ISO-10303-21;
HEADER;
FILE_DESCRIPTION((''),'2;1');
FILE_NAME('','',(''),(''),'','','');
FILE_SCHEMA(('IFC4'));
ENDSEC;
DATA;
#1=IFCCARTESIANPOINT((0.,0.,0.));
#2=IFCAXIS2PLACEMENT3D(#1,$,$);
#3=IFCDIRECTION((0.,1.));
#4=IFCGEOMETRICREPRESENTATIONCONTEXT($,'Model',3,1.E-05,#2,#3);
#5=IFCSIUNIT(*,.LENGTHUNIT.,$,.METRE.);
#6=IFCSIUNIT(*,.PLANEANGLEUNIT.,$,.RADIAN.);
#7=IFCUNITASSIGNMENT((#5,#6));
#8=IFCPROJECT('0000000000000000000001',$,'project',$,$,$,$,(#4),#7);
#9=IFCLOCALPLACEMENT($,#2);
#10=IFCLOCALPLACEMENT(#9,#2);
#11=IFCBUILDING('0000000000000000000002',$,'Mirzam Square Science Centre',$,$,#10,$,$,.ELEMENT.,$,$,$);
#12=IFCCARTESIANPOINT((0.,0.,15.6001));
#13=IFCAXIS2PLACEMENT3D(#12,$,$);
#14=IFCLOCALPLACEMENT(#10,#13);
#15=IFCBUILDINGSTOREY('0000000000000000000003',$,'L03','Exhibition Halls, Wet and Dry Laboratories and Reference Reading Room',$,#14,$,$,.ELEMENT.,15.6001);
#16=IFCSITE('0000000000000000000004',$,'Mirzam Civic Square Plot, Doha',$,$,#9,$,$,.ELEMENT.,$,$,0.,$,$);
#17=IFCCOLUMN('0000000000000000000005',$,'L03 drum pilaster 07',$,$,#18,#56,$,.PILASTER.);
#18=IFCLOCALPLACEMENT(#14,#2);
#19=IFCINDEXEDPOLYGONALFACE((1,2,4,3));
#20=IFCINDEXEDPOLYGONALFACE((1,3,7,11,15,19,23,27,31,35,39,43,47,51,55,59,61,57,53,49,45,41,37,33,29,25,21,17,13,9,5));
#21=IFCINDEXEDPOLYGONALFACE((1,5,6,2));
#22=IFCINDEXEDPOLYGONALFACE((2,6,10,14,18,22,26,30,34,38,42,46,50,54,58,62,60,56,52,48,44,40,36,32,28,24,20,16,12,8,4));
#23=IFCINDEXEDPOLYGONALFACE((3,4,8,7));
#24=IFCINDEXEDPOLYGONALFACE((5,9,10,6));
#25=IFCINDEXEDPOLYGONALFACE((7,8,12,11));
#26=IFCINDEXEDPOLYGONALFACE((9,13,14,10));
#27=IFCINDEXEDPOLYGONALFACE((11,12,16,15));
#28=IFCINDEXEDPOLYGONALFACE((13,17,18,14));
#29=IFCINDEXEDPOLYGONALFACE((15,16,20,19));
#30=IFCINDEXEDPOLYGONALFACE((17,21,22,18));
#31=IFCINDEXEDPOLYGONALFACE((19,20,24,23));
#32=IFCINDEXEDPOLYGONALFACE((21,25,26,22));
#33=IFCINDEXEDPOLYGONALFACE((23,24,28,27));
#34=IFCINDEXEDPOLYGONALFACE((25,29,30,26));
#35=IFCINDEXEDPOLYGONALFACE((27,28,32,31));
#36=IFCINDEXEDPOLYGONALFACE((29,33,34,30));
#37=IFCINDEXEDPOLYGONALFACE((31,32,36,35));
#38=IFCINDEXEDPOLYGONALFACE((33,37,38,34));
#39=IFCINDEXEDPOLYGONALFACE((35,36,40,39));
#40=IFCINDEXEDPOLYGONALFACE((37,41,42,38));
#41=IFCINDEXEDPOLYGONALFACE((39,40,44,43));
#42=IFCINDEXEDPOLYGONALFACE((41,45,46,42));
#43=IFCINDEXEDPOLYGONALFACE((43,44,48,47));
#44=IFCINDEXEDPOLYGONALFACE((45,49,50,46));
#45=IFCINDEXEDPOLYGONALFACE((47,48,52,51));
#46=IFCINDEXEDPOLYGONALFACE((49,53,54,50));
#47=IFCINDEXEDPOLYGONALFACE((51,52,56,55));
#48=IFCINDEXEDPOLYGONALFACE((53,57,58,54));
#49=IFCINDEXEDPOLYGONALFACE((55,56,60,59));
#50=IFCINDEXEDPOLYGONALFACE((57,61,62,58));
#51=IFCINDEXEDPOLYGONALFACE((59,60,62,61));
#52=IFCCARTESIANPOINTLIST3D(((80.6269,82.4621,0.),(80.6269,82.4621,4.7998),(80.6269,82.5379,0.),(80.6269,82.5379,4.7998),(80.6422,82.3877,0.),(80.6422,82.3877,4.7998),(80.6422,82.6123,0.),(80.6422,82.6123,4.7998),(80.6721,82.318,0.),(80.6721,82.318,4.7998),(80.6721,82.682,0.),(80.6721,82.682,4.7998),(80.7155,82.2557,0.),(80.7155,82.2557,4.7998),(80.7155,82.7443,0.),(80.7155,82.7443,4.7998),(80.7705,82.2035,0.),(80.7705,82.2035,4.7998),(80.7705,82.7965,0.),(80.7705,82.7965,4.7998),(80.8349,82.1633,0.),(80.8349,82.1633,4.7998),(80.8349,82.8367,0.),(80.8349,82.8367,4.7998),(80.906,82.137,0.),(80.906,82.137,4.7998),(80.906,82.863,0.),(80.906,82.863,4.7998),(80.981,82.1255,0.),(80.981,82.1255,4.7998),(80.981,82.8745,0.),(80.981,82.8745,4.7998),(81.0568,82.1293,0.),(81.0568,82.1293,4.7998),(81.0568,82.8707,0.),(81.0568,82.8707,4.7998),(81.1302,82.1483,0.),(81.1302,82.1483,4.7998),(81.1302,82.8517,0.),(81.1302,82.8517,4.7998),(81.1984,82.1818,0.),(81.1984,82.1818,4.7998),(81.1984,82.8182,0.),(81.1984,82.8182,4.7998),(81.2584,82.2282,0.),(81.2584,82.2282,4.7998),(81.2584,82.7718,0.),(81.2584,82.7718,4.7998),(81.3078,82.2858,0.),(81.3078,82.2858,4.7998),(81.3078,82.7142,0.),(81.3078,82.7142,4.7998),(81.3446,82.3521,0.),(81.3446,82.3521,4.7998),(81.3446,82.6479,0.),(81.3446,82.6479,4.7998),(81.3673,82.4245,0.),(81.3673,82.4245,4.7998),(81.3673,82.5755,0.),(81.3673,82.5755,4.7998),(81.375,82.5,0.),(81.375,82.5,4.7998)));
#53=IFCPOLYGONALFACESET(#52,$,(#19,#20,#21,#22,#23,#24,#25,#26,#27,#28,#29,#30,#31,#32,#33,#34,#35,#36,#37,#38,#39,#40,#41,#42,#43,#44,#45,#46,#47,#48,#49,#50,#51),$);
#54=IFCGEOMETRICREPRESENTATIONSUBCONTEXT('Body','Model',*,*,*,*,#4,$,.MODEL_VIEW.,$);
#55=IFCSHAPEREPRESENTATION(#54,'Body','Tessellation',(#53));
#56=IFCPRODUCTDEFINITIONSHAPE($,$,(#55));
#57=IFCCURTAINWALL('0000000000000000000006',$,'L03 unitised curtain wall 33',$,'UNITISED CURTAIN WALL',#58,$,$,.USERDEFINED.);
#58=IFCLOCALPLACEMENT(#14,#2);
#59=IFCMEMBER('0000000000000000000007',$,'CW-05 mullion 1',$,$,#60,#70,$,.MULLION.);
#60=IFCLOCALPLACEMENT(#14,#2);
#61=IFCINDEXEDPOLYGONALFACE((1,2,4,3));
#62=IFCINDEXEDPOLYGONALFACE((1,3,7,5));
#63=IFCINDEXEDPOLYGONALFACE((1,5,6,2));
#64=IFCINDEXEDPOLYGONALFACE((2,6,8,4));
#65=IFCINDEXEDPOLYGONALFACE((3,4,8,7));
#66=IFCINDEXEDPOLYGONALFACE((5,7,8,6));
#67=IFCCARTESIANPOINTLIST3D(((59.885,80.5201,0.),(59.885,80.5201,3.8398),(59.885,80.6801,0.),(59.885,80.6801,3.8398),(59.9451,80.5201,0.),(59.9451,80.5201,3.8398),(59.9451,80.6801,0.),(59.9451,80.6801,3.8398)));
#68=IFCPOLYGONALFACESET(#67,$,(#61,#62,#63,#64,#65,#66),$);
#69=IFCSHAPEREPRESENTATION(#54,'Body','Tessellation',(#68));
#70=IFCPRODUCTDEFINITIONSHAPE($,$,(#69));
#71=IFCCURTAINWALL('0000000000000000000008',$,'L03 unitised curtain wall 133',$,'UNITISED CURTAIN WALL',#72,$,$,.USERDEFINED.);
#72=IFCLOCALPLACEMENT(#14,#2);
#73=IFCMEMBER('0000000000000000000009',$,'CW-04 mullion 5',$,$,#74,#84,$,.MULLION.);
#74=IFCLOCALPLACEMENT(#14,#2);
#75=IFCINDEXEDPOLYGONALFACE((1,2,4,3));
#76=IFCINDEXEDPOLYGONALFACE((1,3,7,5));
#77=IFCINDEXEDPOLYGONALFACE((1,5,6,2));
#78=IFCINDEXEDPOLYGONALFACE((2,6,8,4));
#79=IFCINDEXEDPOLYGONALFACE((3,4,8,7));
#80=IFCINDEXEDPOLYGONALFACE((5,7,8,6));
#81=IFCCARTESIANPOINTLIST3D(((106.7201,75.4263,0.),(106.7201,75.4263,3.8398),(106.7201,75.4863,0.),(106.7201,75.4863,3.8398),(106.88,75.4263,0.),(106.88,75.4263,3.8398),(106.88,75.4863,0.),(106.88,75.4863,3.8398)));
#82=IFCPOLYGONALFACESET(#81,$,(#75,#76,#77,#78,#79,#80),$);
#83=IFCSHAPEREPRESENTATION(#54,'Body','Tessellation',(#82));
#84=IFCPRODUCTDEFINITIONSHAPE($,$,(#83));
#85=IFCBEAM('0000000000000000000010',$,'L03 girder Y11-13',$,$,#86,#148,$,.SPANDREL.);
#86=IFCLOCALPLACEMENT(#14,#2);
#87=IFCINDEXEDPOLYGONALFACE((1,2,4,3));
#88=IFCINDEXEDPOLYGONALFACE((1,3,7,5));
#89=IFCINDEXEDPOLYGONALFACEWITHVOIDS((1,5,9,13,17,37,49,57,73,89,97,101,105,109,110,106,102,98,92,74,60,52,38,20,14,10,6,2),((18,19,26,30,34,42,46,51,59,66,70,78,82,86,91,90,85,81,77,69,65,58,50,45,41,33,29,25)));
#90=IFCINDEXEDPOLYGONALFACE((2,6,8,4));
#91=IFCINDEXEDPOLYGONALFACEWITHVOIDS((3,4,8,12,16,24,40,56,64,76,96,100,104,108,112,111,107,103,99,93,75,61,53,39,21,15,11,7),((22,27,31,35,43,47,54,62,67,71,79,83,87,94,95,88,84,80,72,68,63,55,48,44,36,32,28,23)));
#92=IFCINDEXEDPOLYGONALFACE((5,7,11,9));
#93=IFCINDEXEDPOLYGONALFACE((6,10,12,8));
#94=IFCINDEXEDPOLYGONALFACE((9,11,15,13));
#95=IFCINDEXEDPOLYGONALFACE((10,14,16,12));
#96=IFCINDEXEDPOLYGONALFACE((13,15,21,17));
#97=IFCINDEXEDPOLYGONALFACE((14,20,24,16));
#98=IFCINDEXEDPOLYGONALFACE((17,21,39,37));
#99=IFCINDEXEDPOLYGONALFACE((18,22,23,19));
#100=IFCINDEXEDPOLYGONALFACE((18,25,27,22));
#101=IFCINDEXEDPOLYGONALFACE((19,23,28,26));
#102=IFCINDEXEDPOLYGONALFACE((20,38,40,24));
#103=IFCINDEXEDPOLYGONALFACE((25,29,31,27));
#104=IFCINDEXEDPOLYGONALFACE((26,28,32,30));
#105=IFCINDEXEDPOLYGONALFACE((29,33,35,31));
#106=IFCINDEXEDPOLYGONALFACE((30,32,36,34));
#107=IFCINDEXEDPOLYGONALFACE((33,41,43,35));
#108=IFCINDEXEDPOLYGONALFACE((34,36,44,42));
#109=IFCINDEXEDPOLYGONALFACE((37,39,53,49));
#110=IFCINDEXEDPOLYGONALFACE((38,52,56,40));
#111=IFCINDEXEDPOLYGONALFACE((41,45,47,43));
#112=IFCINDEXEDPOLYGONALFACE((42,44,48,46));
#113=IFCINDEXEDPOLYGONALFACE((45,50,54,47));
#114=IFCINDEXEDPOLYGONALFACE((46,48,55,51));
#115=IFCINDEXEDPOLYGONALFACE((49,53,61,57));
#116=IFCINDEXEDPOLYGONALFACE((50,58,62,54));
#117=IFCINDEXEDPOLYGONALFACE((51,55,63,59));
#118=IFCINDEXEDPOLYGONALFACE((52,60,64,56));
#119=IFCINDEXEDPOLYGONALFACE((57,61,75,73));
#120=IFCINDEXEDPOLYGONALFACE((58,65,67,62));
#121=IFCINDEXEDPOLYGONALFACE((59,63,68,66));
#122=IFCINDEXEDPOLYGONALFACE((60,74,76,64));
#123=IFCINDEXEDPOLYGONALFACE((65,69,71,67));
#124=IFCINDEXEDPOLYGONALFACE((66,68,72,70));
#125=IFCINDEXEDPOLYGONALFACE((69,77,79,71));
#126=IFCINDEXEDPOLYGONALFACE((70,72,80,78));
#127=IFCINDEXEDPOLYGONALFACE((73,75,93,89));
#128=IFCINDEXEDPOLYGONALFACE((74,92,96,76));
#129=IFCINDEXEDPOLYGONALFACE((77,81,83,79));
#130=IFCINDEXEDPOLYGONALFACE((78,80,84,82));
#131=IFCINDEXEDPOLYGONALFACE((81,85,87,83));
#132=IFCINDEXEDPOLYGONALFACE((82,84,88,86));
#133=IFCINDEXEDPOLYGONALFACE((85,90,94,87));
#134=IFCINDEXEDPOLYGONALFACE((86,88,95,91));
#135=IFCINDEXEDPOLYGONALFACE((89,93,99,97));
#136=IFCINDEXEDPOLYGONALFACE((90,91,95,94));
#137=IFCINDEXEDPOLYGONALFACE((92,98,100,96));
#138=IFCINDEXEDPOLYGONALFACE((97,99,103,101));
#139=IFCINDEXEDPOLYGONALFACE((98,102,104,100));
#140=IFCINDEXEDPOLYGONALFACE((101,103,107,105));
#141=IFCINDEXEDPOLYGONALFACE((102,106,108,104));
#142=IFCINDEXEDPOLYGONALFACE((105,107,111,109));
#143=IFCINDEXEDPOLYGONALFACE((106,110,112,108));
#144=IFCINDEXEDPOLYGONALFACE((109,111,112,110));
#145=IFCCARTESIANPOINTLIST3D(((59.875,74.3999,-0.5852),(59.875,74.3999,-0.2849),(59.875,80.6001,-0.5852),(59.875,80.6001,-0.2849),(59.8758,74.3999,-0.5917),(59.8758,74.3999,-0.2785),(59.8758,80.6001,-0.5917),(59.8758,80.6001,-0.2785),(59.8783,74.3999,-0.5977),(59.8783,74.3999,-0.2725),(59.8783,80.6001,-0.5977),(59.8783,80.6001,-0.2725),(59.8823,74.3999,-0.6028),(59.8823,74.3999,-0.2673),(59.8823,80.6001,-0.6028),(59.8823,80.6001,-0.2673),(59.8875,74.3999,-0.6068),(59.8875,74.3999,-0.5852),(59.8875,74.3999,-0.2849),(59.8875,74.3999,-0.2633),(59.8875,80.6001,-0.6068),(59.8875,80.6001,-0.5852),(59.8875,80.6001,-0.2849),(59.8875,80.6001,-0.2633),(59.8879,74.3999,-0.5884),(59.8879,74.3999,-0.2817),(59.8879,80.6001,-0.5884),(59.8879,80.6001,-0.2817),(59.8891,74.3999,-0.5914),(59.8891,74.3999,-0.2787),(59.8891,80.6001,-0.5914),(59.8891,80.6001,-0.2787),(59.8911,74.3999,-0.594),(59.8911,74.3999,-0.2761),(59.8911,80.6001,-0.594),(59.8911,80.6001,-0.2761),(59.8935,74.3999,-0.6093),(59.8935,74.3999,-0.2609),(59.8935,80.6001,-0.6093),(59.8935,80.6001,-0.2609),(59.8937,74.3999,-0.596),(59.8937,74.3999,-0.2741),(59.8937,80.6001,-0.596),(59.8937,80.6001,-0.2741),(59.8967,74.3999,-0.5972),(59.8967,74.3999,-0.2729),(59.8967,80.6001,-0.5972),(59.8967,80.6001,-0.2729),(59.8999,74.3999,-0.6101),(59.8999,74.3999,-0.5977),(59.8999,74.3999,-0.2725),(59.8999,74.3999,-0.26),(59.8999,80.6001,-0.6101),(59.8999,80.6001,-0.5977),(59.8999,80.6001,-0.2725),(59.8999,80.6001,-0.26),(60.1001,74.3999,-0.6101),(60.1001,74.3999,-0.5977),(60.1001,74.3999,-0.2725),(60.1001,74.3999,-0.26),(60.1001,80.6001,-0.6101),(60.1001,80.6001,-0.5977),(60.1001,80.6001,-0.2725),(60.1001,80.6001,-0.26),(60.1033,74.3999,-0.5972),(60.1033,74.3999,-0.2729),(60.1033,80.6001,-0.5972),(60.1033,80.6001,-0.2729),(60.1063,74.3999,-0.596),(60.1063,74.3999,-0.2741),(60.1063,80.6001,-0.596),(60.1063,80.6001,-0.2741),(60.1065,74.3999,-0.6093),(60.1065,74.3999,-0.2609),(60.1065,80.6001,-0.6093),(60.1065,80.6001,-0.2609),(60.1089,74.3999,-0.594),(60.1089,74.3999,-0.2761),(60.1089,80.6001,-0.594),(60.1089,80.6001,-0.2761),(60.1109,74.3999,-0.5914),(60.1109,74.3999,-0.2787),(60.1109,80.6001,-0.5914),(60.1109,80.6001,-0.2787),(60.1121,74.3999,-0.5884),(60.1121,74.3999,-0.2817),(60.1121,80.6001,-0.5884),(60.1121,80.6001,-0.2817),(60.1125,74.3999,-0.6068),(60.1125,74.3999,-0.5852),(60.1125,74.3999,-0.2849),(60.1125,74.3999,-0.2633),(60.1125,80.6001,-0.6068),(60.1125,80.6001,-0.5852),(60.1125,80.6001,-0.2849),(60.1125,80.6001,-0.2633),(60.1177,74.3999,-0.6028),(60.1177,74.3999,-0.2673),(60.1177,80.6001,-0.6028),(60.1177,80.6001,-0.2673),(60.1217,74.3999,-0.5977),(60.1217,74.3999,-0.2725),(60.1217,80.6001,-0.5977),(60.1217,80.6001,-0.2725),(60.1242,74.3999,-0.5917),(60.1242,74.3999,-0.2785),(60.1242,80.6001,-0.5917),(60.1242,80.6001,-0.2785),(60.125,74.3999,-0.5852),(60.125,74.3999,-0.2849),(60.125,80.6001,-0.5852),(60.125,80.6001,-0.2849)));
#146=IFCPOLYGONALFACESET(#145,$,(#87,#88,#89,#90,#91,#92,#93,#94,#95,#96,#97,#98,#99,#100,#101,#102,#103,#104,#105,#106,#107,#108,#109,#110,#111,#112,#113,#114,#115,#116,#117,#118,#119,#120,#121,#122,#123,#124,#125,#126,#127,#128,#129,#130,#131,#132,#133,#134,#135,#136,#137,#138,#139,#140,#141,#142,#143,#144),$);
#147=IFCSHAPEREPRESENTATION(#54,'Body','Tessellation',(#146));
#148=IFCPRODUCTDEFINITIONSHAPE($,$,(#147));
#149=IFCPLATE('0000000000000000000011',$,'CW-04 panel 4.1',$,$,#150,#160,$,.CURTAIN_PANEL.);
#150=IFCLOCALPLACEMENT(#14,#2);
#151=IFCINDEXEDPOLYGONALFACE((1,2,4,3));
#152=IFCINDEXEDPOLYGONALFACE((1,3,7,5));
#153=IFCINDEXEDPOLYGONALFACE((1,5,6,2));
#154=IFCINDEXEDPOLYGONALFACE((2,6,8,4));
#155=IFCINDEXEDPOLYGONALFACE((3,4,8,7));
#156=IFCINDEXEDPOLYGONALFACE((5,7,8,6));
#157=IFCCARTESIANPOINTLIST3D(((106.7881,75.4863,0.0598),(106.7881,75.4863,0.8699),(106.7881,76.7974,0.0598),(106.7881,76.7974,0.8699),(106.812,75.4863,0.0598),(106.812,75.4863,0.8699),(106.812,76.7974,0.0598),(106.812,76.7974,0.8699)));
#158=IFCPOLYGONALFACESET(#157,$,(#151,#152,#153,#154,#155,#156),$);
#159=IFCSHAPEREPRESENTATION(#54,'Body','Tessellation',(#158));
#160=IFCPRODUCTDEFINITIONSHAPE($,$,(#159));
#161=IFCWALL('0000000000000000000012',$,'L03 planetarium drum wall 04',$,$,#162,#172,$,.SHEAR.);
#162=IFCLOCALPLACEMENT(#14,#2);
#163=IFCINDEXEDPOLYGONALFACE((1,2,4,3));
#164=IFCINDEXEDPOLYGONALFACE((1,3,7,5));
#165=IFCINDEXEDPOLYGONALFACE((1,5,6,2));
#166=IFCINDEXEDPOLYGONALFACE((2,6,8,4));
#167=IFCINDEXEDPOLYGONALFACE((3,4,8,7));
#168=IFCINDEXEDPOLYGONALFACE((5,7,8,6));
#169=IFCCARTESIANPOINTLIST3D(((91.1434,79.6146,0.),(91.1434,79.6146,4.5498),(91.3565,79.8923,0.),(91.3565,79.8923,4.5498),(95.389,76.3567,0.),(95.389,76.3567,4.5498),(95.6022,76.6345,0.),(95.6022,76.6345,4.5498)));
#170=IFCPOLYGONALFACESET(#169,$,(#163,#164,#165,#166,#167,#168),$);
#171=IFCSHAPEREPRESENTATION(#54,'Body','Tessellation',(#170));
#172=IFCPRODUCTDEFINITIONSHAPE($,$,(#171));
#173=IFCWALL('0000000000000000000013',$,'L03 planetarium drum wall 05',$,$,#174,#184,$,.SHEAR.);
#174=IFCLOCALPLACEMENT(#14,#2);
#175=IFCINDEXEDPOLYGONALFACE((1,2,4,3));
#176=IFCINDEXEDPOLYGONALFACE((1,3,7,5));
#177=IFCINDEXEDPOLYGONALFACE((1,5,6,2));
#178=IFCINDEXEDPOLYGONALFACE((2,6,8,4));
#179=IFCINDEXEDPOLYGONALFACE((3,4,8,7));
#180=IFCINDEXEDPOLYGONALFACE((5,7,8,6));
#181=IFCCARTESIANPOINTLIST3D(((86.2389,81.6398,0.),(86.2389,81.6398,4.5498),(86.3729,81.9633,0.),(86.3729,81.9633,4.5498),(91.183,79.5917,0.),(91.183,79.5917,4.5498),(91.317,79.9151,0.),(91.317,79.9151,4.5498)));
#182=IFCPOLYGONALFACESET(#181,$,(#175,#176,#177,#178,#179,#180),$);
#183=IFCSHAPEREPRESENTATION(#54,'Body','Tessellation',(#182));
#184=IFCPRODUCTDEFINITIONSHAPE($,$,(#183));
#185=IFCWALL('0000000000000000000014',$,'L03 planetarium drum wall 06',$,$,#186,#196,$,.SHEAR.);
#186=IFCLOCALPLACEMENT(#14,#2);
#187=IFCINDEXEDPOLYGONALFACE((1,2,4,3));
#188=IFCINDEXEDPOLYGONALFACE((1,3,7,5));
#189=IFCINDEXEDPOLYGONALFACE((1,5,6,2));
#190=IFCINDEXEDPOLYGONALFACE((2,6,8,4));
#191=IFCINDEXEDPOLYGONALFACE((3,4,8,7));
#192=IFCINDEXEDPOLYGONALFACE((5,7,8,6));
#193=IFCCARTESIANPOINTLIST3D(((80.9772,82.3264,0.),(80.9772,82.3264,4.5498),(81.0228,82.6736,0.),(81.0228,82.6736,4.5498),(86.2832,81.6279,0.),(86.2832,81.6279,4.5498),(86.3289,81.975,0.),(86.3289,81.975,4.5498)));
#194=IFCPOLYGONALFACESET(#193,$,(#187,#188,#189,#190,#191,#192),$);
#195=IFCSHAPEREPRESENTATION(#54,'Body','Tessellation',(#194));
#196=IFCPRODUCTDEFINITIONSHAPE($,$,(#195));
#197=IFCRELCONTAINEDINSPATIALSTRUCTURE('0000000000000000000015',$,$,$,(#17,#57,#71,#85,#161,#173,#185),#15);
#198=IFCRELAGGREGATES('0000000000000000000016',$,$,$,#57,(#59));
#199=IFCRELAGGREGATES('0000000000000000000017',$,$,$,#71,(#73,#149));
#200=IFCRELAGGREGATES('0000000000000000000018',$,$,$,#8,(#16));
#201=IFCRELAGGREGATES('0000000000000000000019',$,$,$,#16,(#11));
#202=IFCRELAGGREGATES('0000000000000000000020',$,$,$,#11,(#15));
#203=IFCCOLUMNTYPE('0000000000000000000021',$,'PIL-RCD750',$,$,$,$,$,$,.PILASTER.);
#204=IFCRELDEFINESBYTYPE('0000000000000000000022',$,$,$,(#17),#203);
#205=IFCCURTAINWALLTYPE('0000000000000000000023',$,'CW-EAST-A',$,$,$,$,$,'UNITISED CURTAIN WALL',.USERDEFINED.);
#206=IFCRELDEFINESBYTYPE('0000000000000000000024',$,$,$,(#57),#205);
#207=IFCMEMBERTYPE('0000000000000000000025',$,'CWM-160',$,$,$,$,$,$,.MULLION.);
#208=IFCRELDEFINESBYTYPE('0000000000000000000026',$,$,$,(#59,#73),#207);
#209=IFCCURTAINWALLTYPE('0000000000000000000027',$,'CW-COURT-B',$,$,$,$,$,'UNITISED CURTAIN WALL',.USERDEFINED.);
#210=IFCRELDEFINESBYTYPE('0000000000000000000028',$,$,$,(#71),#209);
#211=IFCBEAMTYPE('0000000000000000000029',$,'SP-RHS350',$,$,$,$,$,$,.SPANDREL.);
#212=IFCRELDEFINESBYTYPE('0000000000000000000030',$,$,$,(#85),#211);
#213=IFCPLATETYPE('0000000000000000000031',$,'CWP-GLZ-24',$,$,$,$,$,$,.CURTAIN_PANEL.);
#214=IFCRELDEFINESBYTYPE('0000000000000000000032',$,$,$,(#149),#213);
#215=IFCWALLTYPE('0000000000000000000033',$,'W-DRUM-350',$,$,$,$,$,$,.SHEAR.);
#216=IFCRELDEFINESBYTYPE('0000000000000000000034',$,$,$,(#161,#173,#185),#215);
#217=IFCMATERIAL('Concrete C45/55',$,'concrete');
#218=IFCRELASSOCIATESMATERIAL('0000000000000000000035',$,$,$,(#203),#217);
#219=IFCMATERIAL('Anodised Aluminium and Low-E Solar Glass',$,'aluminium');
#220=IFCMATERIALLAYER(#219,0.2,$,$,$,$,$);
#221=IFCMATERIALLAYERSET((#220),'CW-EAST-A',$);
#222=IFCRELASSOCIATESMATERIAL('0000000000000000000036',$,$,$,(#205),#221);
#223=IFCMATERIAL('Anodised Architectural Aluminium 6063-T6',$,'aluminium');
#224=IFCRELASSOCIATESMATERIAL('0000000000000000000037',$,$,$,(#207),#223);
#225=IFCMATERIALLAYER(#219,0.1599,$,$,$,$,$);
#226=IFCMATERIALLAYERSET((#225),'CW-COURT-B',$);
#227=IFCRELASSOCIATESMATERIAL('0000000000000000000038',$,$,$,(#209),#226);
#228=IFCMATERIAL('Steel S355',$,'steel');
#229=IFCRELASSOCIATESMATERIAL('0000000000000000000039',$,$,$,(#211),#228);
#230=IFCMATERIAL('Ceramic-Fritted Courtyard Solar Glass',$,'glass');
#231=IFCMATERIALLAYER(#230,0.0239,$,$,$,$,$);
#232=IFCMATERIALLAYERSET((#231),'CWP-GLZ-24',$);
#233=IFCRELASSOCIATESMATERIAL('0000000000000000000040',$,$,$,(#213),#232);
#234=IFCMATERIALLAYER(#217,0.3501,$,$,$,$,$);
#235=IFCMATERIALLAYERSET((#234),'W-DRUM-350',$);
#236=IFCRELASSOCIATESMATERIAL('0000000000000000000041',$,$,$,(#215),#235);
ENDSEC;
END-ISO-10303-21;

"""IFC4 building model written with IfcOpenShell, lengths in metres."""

from ifc_helpers import new_model, si_unit, direction, frame, frame_2d, origin, origin_2d, place, context, subcontext, project, spatial, rectangle, hollow_rectangle, circle, extrude, material, layer, layer_set, material_profile, profile_set, type_object, element, aggregate, save


model = new_model("IFC4")

# Units and contexts
model_context = context("Model", 3, precision=1e-05, world=origin(), true_north=direction((0.0, 1.0)))
body_context = subcontext(model_context, "Body", "Model", "MODEL_VIEW")
ifc_project = project(units=[si_unit("LENGTHUNIT", "METRE"), si_unit("PLANEANGLEUNIT", "RADIAN")], contexts=[model_context])

# Site, building, storey
site_placement = place(None, origin())
site = spatial("IfcSite", under=ifc_project, at=site_placement, Name="Mirzam Civic Square Plot, Doha", CompositionType="ELEMENT", RefElevation=0.0)
building_placement = place(site_placement, origin())
building = spatial("IfcBuilding", under=site, at=building_placement, Name="Mirzam Square Science Centre", CompositionType="ELEMENT")
storey_placement = place(building_placement, frame((0.0, 0.0, 15.6001)))
storey = spatial("IfcBuildingStorey", under=building, at=storey_placement, Name="L03", Description="Exhibition Halls, Wet and Dry Laboratories and Reference Reading Room", CompositionType="ELEMENT", Elevation=15.6001)

# Column
ifc_material_1 = material(Name="Steel S355", Category="steel")
ifc_material_2 = material(Name="Concrete C45/55", Category="concrete")
ifc_material_profile_1 = material_profile(ifc_material_2, circle(Radius=0.375, at=origin_2d()), Name="RCD750")
ifc_profile_set_1 = profile_set([ifc_material_profile_1], Name="Concrete C45/55")
column_type_1 = type_object("IfcColumnType", Name="PIL-RCD750", PredefinedType="PILASTER", material=ifc_profile_set_1)
column_1_placement = place(storey_placement, frame((81.0, 82.5, 0.0), z_axis=(0.0, 0.0, 1.0), x_axis=(1.0, 0.0, 0.0)))
element("IfcColumn", 1, at=column_1_placement, inside=storey, type_object=column_type_1, Name="L03 drum pilaster 07", PredefinedType="PILASTER", context=body_context, shape_type="SweptSolid", body=[
    extrude(circle(Radius=0.375, at=origin_2d()), origin(), (0.0, 0.0, 1.0), 4.7998),
])

# Curtain walls, members
ifc_material_3 = material(Name="Anodised Aluminium and Low-E Solar Glass", Category="aluminium")
ifc_layer_1 = layer(ifc_material_3, 0.2)
ifc_layer_set_1 = layer_set([ifc_layer_1], Name="CW-EAST-A")
curtain_wall_type_1 = type_object("IfcCurtainWallType", Name="CW-EAST-A", ElementType="UNITISED CURTAIN WALL", PredefinedType="USERDEFINED", material=ifc_layer_set_1)
curtain_wall_1_placement = place(storey_placement, origin())
curtain_wall_1 = element("IfcCurtainWall", 2, at=curtain_wall_1_placement, inside=storey, type_object=curtain_wall_type_1, Name="L03 unitised curtain wall 33", ObjectType="UNITISED CURTAIN WALL", PredefinedType="USERDEFINED")
ifc_material_4 = material(Name="Anodised Architectural Aluminium 6063-T6", Category="aluminium")
ifc_material_profile_2 = material_profile(ifc_material_4, rectangle(XDim=0.0601, YDim=0.1599, at=origin_2d()), Name="ALU-MULL-160x60x4")
ifc_profile_set_2 = profile_set([ifc_material_profile_2], Name="Anodised Architectural Aluminium 6063-T6")
member_type = type_object("IfcMemberType", Name="CWM-160", PredefinedType="MULLION", material=ifc_profile_set_2)
member_1_placement = place(storey_placement, frame((59.915, 80.6001, 0.0), z_axis=(0.0, 0.0, 1.0), x_axis=(-1.0, 0.0, 0.0)))
member_1 = element("IfcMember", 3, at=member_1_placement, type_object=member_type, Name="CW-05 mullion 1", PredefinedType="MULLION", context=body_context, shape_type="SweptSolid", body=[
    extrude(rectangle(XDim=0.0601, YDim=0.1599, at=origin_2d()), origin(), (0.0, 0.0, 1.0), 3.8398),
])
aggregate(curtain_wall_1, [member_1])
ifc_layer_2 = layer(ifc_material_3, 0.1599)
ifc_layer_set_2 = layer_set([ifc_layer_2], Name="CW-COURT-B")
curtain_wall_type_2 = type_object("IfcCurtainWallType", Name="CW-COURT-B", ElementType="UNITISED CURTAIN WALL", PredefinedType="USERDEFINED", material=ifc_layer_set_2)
curtain_wall_2_placement = place(storey_placement, origin())
curtain_wall_2 = element("IfcCurtainWall", 4, at=curtain_wall_2_placement, inside=storey, type_object=curtain_wall_type_2, Name="L03 unitised curtain wall 133", ObjectType="UNITISED CURTAIN WALL", PredefinedType="USERDEFINED")
member_2_placement = place(storey_placement, frame((106.8, 75.4563, 0.0), z_axis=(0.0, 0.0, 1.0), x_axis=(0.0, -1.0, 0.0)))
member_2 = element("IfcMember", 5, at=member_2_placement, type_object=member_type, Name="CW-04 mullion 5", PredefinedType="MULLION", context=body_context, shape_type="SweptSolid", body=[
    extrude(rectangle(XDim=0.0601, YDim=0.1599, at=origin_2d()), origin(), (0.0, 0.0, 1.0), 3.8398),
])

# Beam
ifc_material_profile_3 = material_profile(ifc_material_1, hollow_rectangle(XDim=0.25, YDim=0.3501, WallThickness=0.0125, InnerFilletRadius=0.0125, OuterFilletRadius=0.0249, at=origin_2d()), Name="350x250x12.5RHS")
ifc_profile_set_3 = profile_set([ifc_material_profile_3], Name="Steel S355")
beam_type = type_object("IfcBeamType", Name="SP-RHS350", PredefinedType="SPANDREL", material=ifc_profile_set_3)
beam_placement = place(storey_placement, frame((60.0, 74.3999, -0.4351), z_axis=(0.0, 1.0, 0.0), x_axis=(-1.0, 0.0, 0.0)))
element("IfcBeam", 6, at=beam_placement, inside=storey, type_object=beam_type, Name="L03 girder Y11-13", PredefinedType="SPANDREL", context=body_context, shape_type="SweptSolid", body=[
    extrude(hollow_rectangle(XDim=0.25, YDim=0.3501, WallThickness=0.0125, InnerFilletRadius=0.0125, OuterFilletRadius=0.0249, at=origin_2d()), origin(), (0.0, 0.0, 1.0), 6.2002),
])

# Plate
ifc_material_5 = material(Name="Ceramic-Fritted Courtyard Solar Glass", Category="glass")
ifc_layer_3 = layer(ifc_material_5, 0.0239)
ifc_layer_set_3 = layer_set([ifc_layer_3], Name="CWP-GLZ-24")
plate_type = type_object("IfcPlateType", Name="CWP-GLZ-24", PredefinedType="CURTAIN_PANEL", material=ifc_layer_set_3)
plate_placement = place(storey_placement, frame((106.8, 76.1418, 0.0598), z_axis=(0.0, 0.0, 1.0), x_axis=(0.0, -1.0, 0.0)))
plate = element("IfcPlate", 7, at=plate_placement, type_object=plate_type, Name="CW-04 panel 4.1", PredefinedType="CURTAIN_PANEL", context=body_context, shape_type="SweptSolid", body=[
    extrude(rectangle(XDim=1.311, YDim=0.0239, at=origin_2d()), origin(), (0.0, 0.0, 1.0), 0.8101),
])
aggregate(curtain_wall_2, [member_2, plate])

# Walls
ifc_layer_4 = layer(ifc_material_2, 0.3501)
ifc_layer_set_4 = layer_set([ifc_layer_4], Name="W-DRUM-350")
wall_type_1 = type_object("IfcWallType", Name="W-DRUM-350", PredefinedType="SHEAR", material=ifc_layer_set_4)
for number, where, z_axis, x_axis, name in (
    (8, (95.4956, 76.4956, 0.0), (0.0, 0.0, 1.0), (-0.793349, 0.608767, 0.0), "L03 planetarium drum wall 04"),
    (9, (91.25, 79.7534, 0.0), (0.0, 0.0, 1.0), (-0.923867, 0.382713, 0.0), "L03 planetarium drum wall 05"),
):
    element("IfcWall", number, at=place(storey_placement, frame(where, z_axis=z_axis, x_axis=x_axis)), inside=storey, type_object=wall_type_1, Name=name, PredefinedType="SHEAR", context=body_context, shape_type="SweptSolid", body=[
        extrude(rectangle(XDim=5.3516, YDim=0.3501, at=frame_2d((2.6758, 0.0))), origin(), (0.0, 0.0, 1.0), 4.5498),
    ])
for number, where, z_axis, x_axis, name in (
    (10, (86.3059, 81.8015, 0.0), (0.0, 0.0, 1.0), (-0.991446, 0.130517, 0.0), "L03 planetarium drum wall 06"),
):
    element("IfcWall", number, at=place(storey_placement, frame(where, z_axis=z_axis, x_axis=x_axis)), inside=storey, type_object=wall_type_1, Name=name, PredefinedType="SHEAR", context=body_context, shape_type="SweptSolid", body=[
        extrude(rectangle(XDim=5.3518, YDim=0.3501, at=frame_2d((2.6758, 0.0))), origin(), (0.0, 0.0, 1.0), 4.5498),
    ])

save(model, "model.ifc")
